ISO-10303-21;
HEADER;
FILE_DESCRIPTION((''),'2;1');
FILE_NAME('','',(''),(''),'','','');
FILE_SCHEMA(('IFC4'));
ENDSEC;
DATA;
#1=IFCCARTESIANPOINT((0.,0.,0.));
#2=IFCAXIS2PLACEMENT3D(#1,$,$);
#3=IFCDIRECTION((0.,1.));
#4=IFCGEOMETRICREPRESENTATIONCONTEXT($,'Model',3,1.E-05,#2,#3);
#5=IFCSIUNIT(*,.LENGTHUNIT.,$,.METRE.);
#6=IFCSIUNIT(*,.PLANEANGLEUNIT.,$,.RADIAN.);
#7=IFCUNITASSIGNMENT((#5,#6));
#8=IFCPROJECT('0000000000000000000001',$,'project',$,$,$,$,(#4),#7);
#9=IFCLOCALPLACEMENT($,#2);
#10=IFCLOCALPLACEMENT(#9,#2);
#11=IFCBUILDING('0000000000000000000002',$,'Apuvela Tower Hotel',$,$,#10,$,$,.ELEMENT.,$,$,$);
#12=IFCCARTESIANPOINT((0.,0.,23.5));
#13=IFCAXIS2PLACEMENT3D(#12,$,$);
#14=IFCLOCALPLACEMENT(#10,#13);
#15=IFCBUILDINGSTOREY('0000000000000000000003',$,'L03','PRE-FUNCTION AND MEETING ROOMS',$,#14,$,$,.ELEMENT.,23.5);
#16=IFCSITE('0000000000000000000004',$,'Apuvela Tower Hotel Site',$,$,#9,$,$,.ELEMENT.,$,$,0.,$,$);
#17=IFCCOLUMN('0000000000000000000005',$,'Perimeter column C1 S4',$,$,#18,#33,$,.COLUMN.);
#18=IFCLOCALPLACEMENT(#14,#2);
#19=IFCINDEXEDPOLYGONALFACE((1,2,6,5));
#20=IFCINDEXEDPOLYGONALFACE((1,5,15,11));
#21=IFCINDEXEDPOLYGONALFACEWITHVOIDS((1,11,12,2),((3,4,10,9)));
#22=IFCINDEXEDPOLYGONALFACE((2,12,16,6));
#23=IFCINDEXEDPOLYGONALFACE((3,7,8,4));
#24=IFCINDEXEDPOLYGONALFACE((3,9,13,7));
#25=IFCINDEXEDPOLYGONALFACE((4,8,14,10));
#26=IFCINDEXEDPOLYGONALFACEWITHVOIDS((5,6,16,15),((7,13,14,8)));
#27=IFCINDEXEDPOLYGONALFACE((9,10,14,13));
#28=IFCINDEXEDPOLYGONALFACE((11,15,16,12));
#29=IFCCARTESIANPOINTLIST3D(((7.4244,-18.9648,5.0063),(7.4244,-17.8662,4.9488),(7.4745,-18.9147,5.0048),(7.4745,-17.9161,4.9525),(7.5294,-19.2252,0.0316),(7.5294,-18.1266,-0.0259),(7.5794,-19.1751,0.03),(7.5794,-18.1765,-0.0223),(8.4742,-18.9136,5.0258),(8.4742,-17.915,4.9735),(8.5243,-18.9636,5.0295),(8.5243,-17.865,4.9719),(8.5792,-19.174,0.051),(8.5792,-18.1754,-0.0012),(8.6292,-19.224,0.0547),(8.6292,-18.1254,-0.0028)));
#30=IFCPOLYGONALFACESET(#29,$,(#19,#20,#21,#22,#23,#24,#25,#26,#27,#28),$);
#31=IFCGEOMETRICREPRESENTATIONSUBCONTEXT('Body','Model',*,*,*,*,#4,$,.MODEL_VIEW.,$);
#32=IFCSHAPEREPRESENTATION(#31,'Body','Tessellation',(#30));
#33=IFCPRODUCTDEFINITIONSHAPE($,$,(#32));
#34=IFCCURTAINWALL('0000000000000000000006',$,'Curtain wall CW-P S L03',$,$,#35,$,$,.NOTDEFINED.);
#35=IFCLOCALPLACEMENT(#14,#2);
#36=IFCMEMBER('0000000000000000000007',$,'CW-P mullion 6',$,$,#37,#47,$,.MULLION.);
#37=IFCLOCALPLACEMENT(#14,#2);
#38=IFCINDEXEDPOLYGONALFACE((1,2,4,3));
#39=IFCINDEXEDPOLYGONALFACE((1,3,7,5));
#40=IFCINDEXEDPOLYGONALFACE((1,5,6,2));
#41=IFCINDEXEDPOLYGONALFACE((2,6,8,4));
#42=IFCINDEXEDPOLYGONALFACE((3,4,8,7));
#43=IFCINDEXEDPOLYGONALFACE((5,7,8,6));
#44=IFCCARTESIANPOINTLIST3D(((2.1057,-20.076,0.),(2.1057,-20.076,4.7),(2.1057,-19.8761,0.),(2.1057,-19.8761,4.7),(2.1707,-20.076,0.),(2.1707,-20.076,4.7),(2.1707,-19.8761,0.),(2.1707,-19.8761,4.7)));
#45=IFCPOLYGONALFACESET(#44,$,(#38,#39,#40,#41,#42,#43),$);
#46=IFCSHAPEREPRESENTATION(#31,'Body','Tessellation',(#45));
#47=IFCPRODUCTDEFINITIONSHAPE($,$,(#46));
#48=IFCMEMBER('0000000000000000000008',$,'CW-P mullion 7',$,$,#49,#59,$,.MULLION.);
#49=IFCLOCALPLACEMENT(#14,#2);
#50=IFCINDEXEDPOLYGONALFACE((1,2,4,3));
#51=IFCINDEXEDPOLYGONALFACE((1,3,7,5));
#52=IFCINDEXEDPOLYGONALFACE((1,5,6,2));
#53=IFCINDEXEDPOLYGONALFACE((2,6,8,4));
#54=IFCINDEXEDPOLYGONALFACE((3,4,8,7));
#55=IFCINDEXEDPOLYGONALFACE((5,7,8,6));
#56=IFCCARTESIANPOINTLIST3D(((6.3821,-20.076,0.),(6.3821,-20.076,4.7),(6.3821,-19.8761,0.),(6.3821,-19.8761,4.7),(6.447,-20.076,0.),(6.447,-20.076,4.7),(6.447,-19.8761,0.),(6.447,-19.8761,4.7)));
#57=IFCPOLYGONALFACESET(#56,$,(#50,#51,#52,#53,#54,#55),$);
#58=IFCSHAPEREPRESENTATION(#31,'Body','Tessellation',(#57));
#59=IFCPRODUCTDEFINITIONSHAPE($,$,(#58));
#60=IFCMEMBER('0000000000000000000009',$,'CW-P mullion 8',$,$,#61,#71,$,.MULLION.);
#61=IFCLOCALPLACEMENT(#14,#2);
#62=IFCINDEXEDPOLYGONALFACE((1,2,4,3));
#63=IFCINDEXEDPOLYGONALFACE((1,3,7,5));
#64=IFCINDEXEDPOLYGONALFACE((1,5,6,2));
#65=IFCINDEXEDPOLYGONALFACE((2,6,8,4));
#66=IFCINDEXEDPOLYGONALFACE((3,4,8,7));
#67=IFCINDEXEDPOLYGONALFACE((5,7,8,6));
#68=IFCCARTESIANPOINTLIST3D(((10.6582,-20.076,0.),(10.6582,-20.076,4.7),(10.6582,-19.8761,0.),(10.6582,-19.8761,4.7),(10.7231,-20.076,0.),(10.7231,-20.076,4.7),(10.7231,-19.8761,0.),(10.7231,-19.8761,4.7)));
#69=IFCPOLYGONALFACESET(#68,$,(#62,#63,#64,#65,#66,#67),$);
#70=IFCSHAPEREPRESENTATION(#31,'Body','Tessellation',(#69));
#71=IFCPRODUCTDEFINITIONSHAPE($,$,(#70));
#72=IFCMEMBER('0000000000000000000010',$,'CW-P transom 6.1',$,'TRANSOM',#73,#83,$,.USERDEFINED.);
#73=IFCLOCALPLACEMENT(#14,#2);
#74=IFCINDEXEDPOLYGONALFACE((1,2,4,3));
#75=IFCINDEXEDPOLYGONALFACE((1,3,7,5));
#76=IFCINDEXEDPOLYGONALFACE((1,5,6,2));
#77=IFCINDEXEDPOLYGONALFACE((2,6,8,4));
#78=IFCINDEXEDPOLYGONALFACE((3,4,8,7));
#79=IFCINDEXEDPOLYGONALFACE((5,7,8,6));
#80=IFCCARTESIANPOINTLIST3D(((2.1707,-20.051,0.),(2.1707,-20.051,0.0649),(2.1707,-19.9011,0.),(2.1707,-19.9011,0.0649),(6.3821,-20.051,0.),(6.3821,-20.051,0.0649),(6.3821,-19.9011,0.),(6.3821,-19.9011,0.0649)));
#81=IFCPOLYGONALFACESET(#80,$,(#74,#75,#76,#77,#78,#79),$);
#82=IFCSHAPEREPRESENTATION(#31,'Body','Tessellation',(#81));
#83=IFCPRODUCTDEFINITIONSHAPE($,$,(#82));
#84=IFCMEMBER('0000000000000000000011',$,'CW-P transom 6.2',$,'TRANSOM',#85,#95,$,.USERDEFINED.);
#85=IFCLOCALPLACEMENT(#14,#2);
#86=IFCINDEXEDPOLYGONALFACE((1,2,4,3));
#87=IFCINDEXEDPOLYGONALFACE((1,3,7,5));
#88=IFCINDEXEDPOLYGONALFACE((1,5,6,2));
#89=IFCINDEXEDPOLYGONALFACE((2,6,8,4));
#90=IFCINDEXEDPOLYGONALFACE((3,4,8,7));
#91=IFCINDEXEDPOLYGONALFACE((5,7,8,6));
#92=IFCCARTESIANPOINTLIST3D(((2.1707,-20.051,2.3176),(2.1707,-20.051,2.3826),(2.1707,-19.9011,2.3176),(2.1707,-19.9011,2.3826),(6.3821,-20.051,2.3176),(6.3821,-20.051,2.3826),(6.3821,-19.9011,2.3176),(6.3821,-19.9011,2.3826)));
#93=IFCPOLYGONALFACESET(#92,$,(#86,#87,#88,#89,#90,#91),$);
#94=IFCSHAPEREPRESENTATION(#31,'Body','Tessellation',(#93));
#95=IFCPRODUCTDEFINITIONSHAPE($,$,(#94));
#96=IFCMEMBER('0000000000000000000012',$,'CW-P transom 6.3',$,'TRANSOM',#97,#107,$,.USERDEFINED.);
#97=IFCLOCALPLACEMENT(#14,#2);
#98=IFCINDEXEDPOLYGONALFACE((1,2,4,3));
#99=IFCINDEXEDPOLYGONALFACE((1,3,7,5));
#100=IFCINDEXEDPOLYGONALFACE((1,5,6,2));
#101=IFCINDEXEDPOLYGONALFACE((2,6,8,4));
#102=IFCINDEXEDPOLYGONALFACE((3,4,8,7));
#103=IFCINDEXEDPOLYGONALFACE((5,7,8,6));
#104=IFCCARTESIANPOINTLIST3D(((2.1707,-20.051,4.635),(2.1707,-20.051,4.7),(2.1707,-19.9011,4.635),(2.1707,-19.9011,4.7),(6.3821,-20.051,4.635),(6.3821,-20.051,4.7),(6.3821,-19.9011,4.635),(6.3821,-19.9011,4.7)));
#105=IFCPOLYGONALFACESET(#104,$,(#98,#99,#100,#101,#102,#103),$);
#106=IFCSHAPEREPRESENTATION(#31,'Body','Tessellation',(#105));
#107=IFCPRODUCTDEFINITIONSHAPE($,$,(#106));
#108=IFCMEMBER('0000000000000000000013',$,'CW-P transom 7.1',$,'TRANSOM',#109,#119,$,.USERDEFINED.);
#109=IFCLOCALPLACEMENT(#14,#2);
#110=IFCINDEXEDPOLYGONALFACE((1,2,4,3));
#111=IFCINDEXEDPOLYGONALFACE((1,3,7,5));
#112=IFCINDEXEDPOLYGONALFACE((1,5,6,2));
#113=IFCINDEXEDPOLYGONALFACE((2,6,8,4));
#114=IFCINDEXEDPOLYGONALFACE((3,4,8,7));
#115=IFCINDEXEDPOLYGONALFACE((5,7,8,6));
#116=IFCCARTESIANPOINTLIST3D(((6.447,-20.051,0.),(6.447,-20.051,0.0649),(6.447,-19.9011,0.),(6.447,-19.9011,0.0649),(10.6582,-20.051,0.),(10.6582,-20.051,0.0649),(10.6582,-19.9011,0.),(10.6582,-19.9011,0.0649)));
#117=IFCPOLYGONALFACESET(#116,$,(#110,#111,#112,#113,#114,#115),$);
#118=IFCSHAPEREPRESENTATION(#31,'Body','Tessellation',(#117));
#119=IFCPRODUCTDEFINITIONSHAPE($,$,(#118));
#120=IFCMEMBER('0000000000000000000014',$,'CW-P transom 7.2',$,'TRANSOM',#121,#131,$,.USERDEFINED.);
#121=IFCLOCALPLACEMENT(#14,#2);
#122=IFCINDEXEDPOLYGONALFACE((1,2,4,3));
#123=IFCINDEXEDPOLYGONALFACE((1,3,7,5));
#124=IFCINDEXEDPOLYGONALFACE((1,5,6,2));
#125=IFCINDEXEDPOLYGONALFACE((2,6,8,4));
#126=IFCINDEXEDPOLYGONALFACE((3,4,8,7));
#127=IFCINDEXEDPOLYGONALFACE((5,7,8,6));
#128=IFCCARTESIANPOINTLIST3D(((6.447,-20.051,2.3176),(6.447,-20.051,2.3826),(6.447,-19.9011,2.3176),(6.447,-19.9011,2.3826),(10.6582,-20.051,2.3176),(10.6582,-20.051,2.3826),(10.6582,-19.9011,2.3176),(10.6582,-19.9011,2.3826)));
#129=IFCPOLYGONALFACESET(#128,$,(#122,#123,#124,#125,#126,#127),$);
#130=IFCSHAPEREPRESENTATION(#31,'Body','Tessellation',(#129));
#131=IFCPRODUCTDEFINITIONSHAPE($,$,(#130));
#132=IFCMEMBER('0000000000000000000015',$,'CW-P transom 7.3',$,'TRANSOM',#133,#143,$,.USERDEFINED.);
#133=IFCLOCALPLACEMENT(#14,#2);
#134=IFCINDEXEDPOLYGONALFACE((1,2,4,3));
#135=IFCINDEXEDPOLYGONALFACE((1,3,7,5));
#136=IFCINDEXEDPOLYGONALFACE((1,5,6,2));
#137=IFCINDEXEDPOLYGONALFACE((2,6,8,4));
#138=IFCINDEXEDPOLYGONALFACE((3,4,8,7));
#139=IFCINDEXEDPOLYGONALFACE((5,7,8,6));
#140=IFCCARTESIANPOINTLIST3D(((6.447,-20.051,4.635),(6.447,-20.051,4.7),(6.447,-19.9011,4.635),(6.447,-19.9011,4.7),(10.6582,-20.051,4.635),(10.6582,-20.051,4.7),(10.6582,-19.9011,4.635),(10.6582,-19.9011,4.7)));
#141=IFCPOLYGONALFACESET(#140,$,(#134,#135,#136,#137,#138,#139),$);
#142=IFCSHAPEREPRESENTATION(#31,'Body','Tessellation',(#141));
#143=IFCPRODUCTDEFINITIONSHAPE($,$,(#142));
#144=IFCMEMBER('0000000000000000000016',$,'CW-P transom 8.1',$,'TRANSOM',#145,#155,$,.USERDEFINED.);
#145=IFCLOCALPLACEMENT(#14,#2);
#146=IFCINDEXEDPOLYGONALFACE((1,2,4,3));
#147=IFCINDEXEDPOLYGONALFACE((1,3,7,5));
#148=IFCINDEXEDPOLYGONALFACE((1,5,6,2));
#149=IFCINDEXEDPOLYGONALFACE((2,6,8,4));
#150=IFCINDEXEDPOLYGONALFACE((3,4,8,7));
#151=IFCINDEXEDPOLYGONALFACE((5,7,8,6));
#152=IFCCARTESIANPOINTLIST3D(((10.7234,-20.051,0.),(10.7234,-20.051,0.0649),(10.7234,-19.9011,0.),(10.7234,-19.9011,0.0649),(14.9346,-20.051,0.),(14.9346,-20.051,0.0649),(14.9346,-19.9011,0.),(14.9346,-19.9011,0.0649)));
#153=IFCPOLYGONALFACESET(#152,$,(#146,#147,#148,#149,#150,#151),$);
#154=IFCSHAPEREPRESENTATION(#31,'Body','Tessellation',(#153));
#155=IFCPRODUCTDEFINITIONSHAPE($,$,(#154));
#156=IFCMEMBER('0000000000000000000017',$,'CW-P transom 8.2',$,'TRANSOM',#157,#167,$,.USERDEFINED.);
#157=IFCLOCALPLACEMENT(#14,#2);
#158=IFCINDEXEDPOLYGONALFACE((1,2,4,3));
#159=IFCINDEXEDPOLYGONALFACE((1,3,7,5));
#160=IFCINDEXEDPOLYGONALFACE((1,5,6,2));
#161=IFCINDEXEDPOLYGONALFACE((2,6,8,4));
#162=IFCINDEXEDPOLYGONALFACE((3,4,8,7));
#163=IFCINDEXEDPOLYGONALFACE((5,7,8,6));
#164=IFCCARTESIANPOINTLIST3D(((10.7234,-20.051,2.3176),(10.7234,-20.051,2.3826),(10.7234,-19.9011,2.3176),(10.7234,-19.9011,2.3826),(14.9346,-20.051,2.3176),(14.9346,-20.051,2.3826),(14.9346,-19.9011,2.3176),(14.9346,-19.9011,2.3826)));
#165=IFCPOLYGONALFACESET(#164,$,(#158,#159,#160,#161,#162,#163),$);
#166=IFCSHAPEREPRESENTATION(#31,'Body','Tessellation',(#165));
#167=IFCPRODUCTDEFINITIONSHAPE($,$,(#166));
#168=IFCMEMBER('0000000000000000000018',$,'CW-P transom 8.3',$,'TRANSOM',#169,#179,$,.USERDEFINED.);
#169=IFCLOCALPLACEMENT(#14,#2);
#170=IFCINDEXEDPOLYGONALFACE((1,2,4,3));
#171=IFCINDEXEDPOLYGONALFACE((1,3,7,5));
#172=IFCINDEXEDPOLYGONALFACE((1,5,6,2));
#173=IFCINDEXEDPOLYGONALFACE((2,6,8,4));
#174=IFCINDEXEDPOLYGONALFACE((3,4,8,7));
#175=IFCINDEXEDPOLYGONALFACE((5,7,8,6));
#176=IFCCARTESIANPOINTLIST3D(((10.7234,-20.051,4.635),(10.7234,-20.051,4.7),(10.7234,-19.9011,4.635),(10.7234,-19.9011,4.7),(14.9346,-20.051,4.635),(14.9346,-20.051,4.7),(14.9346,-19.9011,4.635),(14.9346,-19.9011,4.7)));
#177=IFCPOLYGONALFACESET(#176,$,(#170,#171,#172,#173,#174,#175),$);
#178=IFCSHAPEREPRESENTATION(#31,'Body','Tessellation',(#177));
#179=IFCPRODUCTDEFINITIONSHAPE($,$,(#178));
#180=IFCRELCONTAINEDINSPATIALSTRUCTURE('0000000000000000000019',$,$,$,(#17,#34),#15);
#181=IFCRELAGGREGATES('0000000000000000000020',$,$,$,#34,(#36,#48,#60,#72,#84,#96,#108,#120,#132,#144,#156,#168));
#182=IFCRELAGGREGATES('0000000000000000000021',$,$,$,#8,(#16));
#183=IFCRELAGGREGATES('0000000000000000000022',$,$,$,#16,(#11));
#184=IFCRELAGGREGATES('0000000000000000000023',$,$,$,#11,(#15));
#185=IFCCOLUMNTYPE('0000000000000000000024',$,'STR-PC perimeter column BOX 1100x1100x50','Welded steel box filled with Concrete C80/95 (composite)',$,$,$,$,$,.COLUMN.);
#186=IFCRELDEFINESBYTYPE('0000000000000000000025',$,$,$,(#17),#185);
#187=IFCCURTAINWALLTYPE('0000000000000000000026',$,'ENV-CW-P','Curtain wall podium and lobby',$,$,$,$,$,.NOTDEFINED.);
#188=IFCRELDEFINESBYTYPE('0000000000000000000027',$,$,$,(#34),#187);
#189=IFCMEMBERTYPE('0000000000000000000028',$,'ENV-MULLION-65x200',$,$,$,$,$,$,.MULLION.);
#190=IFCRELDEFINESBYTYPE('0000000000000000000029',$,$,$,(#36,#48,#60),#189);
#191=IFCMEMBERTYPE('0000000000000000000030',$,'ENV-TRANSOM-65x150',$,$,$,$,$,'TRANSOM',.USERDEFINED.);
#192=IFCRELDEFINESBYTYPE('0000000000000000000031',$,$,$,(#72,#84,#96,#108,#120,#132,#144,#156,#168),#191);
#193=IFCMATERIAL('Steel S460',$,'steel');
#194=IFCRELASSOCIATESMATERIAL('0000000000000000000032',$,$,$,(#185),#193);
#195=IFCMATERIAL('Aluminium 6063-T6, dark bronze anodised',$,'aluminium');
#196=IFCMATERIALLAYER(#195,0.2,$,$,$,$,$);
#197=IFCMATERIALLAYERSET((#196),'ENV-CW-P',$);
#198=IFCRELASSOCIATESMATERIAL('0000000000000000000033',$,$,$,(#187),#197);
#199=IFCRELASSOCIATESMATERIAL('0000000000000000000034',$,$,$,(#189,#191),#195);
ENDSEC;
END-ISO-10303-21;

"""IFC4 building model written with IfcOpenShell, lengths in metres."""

from ifc_helpers import new_model, si_unit, direction, frame, origin, origin_2d, place, context, subcontext, project, spatial, rectangle, hollow_rectangle, extrude, boolean, halfspace, material, layer, layer_set, material_profile, profile_set, type_object, element, aggregate, save


model = new_model("IFC4")

# Units and contexts
model_context = context("Model", 3, precision=1e-05, world=origin(), true_north=direction((0.0, 1.0)))
body_context = subcontext(model_context, "Body", "Model", "MODEL_VIEW")
ifc_project = project(units=[si_unit("LENGTHUNIT", "METRE"), si_unit("PLANEANGLEUNIT", "RADIAN")], contexts=[model_context])

# Site, building, storey
site_placement = place(None, origin())
site = spatial("IfcSite", under=ifc_project, at=site_placement, Name="Apuvela Tower Hotel Site", CompositionType="ELEMENT", RefElevation=0.0)
building_placement = place(site_placement, origin())
building = spatial("IfcBuilding", under=site, at=building_placement, Name="Apuvela Tower Hotel", CompositionType="ELEMENT")
storey_placement = place(building_placement, frame((0.0, 0.0, 23.5)))
storey = spatial("IfcBuildingStorey", under=building, at=storey_placement, Name="L03", Description="PRE-FUNCTION AND MEETING ROOMS", CompositionType="ELEMENT", Elevation=23.5)

# Column
ifc_material_1 = material(Name="Steel S460", Category="steel")
ifc_material_profile_1 = material_profile(ifc_material_1, hollow_rectangle(XDim=1.1001, YDim=1.1001, WallThickness=0.05, at=origin_2d()), Name="BOX 1100x1100x50")
ifc_material_2 = material(Name="Concrete C80/95", Category="concrete")
ifc_material_profile_2 = material_profile(ifc_material_2, rectangle(XDim=1.0, YDim=1.0, at=origin_2d()), Name="Concrete C80/95 infill")
ifc_profile_set_1 = profile_set([ifc_material_profile_1, ifc_material_profile_2], Name="Steel S460")
column_type = type_object("IfcColumnType", Name="STR-PC perimeter column BOX 1100x1100x50", Description="Welded steel box filled with Concrete C80/95 (composite)", PredefinedType="COLUMN", material=ifc_profile_set_1)
column_placement = place(storey_placement, frame((8.0796, -18.676, 0.0), z_axis=(-0.02106, 0.052261, 0.998411), x_axis=(0.999778, 0.001086, 0.021032)))
element("IfcColumn", 1, at=column_placement, inside=storey, type_object=column_type, Name="Perimeter column C1 S4", PredefinedType="COLUMN", context=body_context, shape_type="SweptSolid", body=[
    boolean("DIFFERENCE", boolean("DIFFERENCE", extrude(hollow_rectangle(XDim=1.1001, YDim=1.1001, WallThickness=0.05, at=origin_2d()), origin(), (0.0, 0.0, 1.0), 5.0081), halfspace(frame((0.0, 0.0, 0.0144), z_axis=(0.0, 0.0, 1.0), x_axis=(1.0, 0.0, 0.0)), True)), halfspace(frame((0.0, 0.0, 4.9971), z_axis=(0.0, 0.0, 1.0), x_axis=(1.0, 0.0, 0.0)), False)),
])

# Curtain wall, members
ifc_material_3 = material(Name="Aluminium 6063-T6, dark bronze anodised", Category="aluminium")
ifc_layer_1 = layer(ifc_material_3, 0.2)
ifc_layer_set_1 = layer_set([ifc_layer_1], Name="ENV-CW-P")
curtain_wall_type = type_object("IfcCurtainWallType", Name="ENV-CW-P", Description="Curtain wall podium and lobby", PredefinedType="NOTDEFINED", material=ifc_layer_set_1)
curtain_wall_placement = place(storey_placement, origin())
curtain_wall = element("IfcCurtainWall", 2, at=curtain_wall_placement, inside=storey, type_object=curtain_wall_type, Name="Curtain wall CW-P S L03", PredefinedType="NOTDEFINED")
ifc_material_profile_3 = material_profile(ifc_material_3, rectangle(XDim=0.2, YDim=0.0649, at=origin_2d()), Name="AL 65x200")
ifc_profile_set_2 = profile_set([ifc_material_profile_3], Name="Aluminium 6063-T6, dark bronze anodised")
member_type_1 = type_object("IfcMemberType", Name="ENV-MULLION-65x200", PredefinedType="MULLION", material=ifc_profile_set_2)
member_1_placement = place(storey_placement, frame((2.1382, -19.9761, 0.0), z_axis=(0.0, 0.0, 1.0), x_axis=(0.0, 1.0, 0.0)))
member_1 = element("IfcMember", 3, at=member_1_placement, type_object=member_type_1, Name="CW-P mullion 6", PredefinedType="MULLION", context=body_context, shape_type="SweptSolid", body=[
    extrude(rectangle(XDim=0.2, YDim=0.0649, at=origin_2d()), origin(), (0.0, 0.0, 1.0), 4.7),
])
member_2_placement = place(storey_placement, frame((6.4146, -19.9761, 0.0), z_axis=(0.0, 0.0, 1.0), x_axis=(0.0, 1.0, 0.0)))
member_2 = element("IfcMember", 4, at=member_2_placement, type_object=member_type_1, Name="CW-P mullion 7", PredefinedType="MULLION", context=body_context, shape_type="SweptSolid", body=[
    extrude(rectangle(XDim=0.2, YDim=0.0649, at=origin_2d()), origin(), (0.0, 0.0, 1.0), 4.7),
])
member_3_placement = place(storey_placement, frame((10.6907, -19.9761, 0.0), z_axis=(0.0, 0.0, 1.0), x_axis=(0.0, 1.0, 0.0)))
member_3 = element("IfcMember", 5, at=member_3_placement, type_object=member_type_1, Name="CW-P mullion 8", PredefinedType="MULLION", context=body_context, shape_type="SweptSolid", body=[
    extrude(rectangle(XDim=0.2, YDim=0.0649, at=origin_2d()), origin(), (0.0, 0.0, 1.0), 4.7),
])
ifc_material_profile_4 = material_profile(ifc_material_3, rectangle(XDim=0.1499, YDim=0.0649, at=origin_2d()), Name="AL 65x150 transom")
ifc_profile_set_3 = profile_set([ifc_material_profile_4], Name="Aluminium 6063-T6, dark bronze anodised")
member_type_2 = type_object("IfcMemberType", Name="ENV-TRANSOM-65x150", ElementType="TRANSOM", PredefinedType="USERDEFINED", material=ifc_profile_set_3)
member_4_placement = place(storey_placement, frame((2.1707, -19.9761, 0.0325), z_axis=(1.0, 0.0, 0.0), x_axis=(0.0, 1.0, 0.0)))
member_4 = element("IfcMember", 6, at=member_4_placement, type_object=member_type_2, Name="CW-P transom 6.1", ObjectType="TRANSOM", PredefinedType="USERDEFINED", context=body_context, shape_type="SweptSolid", body=[
    extrude(rectangle(XDim=0.1499, YDim=0.0649, at=origin_2d()), origin(), (0.0, 0.0, 1.0), 4.2114),
])
member_5_placement = place(storey_placement, frame((2.1707, -19.9761, 2.3501), z_axis=(1.0, 0.0, 0.0), x_axis=(0.0, 1.0, 0.0)))
member_5 = element("IfcMember", 7, at=member_5_placement, type_object=member_type_2, Name="CW-P transom 6.2", ObjectType="TRANSOM", PredefinedType="USERDEFINED", context=body_context, shape_type="SweptSolid", body=[
    extrude(rectangle(XDim=0.1499, YDim=0.0649, at=origin_2d()), origin(), (0.0, 0.0, 1.0), 4.2114),
])
member_6_placement = place(storey_placement, frame((2.1707, -19.9761, 4.6675), z_axis=(1.0, 0.0, 0.0), x_axis=(0.0, 1.0, 0.0)))
member_6 = element("IfcMember", 8, at=member_6_placement, type_object=member_type_2, Name="CW-P transom 6.3", ObjectType="TRANSOM", PredefinedType="USERDEFINED", context=body_context, shape_type="SweptSolid", body=[
    extrude(rectangle(XDim=0.1499, YDim=0.0649, at=origin_2d()), origin(), (0.0, 0.0, 1.0), 4.2114),
])
member_7_placement = place(storey_placement, frame((6.447, -19.9761, 0.0325), z_axis=(1.0, 0.0, 0.0), x_axis=(0.0, 1.0, 0.0)))
member_7 = element("IfcMember", 9, at=member_7_placement, type_object=member_type_2, Name="CW-P transom 7.1", ObjectType="TRANSOM", PredefinedType="USERDEFINED", context=body_context, shape_type="SweptSolid", body=[
    extrude(rectangle(XDim=0.1499, YDim=0.0649, at=origin_2d()), origin(), (0.0, 0.0, 1.0), 4.2112),
])
member_8_placement = place(storey_placement, frame((6.447, -19.9761, 2.3501), z_axis=(1.0, 0.0, 0.0), x_axis=(0.0, 1.0, 0.0)))
member_8 = element("IfcMember", 10, at=member_8_placement, type_object=member_type_2, Name="CW-P transom 7.2", ObjectType="TRANSOM", PredefinedType="USERDEFINED", context=body_context, shape_type="SweptSolid", body=[
    extrude(rectangle(XDim=0.1499, YDim=0.0649, at=origin_2d()), origin(), (0.0, 0.0, 1.0), 4.2112),
])
member_9_placement = place(storey_placement, frame((6.447, -19.9761, 4.6675), z_axis=(1.0, 0.0, 0.0), x_axis=(0.0, 1.0, 0.0)))
member_9 = element("IfcMember", 11, at=member_9_placement, type_object=member_type_2, Name="CW-P transom 7.3", ObjectType="TRANSOM", PredefinedType="USERDEFINED", context=body_context, shape_type="SweptSolid", body=[
    extrude(rectangle(XDim=0.1499, YDim=0.0649, at=origin_2d()), origin(), (0.0, 0.0, 1.0), 4.2112),
])
member_10_placement = place(storey_placement, frame((10.7234, -19.9761, 0.0325), z_axis=(1.0, 0.0, 0.0), x_axis=(0.0, 1.0, 0.0)))
member_10 = element("IfcMember", 12, at=member_10_placement, type_object=member_type_2, Name="CW-P transom 8.1", ObjectType="TRANSOM", PredefinedType="USERDEFINED", context=body_context, shape_type="SweptSolid", body=[
    extrude(rectangle(XDim=0.1499, YDim=0.0649, at=origin_2d()), origin(), (0.0, 0.0, 1.0), 4.2112),
])
member_11_placement = place(storey_placement, frame((10.7234, -19.9761, 2.3501), z_axis=(1.0, 0.0, 0.0), x_axis=(0.0, 1.0, 0.0)))
member_11 = element("IfcMember", 13, at=member_11_placement, type_object=member_type_2, Name="CW-P transom 8.2", ObjectType="TRANSOM", PredefinedType="USERDEFINED", context=body_context, shape_type="SweptSolid", body=[
    extrude(rectangle(XDim=0.1499, YDim=0.0649, at=origin_2d()), origin(), (0.0, 0.0, 1.0), 4.2112),
])
member_12_placement = place(storey_placement, frame((10.7234, -19.9761, 4.6675), z_axis=(1.0, 0.0, 0.0), x_axis=(0.0, 1.0, 0.0)))
member_12 = element("IfcMember", 14, at=member_12_placement, type_object=member_type_2, Name="CW-P transom 8.3", ObjectType="TRANSOM", PredefinedType="USERDEFINED", context=body_context, shape_type="SweptSolid", body=[
    extrude(rectangle(XDim=0.1499, YDim=0.0649, at=origin_2d()), origin(), (0.0, 0.0, 1.0), 4.2112),
])

aggregate(curtain_wall, [member_1, member_2, member_3, member_4, member_5, member_6, member_7, member_8, member_9, member_10, member_11, member_12])

save(model, "model.ifc")
